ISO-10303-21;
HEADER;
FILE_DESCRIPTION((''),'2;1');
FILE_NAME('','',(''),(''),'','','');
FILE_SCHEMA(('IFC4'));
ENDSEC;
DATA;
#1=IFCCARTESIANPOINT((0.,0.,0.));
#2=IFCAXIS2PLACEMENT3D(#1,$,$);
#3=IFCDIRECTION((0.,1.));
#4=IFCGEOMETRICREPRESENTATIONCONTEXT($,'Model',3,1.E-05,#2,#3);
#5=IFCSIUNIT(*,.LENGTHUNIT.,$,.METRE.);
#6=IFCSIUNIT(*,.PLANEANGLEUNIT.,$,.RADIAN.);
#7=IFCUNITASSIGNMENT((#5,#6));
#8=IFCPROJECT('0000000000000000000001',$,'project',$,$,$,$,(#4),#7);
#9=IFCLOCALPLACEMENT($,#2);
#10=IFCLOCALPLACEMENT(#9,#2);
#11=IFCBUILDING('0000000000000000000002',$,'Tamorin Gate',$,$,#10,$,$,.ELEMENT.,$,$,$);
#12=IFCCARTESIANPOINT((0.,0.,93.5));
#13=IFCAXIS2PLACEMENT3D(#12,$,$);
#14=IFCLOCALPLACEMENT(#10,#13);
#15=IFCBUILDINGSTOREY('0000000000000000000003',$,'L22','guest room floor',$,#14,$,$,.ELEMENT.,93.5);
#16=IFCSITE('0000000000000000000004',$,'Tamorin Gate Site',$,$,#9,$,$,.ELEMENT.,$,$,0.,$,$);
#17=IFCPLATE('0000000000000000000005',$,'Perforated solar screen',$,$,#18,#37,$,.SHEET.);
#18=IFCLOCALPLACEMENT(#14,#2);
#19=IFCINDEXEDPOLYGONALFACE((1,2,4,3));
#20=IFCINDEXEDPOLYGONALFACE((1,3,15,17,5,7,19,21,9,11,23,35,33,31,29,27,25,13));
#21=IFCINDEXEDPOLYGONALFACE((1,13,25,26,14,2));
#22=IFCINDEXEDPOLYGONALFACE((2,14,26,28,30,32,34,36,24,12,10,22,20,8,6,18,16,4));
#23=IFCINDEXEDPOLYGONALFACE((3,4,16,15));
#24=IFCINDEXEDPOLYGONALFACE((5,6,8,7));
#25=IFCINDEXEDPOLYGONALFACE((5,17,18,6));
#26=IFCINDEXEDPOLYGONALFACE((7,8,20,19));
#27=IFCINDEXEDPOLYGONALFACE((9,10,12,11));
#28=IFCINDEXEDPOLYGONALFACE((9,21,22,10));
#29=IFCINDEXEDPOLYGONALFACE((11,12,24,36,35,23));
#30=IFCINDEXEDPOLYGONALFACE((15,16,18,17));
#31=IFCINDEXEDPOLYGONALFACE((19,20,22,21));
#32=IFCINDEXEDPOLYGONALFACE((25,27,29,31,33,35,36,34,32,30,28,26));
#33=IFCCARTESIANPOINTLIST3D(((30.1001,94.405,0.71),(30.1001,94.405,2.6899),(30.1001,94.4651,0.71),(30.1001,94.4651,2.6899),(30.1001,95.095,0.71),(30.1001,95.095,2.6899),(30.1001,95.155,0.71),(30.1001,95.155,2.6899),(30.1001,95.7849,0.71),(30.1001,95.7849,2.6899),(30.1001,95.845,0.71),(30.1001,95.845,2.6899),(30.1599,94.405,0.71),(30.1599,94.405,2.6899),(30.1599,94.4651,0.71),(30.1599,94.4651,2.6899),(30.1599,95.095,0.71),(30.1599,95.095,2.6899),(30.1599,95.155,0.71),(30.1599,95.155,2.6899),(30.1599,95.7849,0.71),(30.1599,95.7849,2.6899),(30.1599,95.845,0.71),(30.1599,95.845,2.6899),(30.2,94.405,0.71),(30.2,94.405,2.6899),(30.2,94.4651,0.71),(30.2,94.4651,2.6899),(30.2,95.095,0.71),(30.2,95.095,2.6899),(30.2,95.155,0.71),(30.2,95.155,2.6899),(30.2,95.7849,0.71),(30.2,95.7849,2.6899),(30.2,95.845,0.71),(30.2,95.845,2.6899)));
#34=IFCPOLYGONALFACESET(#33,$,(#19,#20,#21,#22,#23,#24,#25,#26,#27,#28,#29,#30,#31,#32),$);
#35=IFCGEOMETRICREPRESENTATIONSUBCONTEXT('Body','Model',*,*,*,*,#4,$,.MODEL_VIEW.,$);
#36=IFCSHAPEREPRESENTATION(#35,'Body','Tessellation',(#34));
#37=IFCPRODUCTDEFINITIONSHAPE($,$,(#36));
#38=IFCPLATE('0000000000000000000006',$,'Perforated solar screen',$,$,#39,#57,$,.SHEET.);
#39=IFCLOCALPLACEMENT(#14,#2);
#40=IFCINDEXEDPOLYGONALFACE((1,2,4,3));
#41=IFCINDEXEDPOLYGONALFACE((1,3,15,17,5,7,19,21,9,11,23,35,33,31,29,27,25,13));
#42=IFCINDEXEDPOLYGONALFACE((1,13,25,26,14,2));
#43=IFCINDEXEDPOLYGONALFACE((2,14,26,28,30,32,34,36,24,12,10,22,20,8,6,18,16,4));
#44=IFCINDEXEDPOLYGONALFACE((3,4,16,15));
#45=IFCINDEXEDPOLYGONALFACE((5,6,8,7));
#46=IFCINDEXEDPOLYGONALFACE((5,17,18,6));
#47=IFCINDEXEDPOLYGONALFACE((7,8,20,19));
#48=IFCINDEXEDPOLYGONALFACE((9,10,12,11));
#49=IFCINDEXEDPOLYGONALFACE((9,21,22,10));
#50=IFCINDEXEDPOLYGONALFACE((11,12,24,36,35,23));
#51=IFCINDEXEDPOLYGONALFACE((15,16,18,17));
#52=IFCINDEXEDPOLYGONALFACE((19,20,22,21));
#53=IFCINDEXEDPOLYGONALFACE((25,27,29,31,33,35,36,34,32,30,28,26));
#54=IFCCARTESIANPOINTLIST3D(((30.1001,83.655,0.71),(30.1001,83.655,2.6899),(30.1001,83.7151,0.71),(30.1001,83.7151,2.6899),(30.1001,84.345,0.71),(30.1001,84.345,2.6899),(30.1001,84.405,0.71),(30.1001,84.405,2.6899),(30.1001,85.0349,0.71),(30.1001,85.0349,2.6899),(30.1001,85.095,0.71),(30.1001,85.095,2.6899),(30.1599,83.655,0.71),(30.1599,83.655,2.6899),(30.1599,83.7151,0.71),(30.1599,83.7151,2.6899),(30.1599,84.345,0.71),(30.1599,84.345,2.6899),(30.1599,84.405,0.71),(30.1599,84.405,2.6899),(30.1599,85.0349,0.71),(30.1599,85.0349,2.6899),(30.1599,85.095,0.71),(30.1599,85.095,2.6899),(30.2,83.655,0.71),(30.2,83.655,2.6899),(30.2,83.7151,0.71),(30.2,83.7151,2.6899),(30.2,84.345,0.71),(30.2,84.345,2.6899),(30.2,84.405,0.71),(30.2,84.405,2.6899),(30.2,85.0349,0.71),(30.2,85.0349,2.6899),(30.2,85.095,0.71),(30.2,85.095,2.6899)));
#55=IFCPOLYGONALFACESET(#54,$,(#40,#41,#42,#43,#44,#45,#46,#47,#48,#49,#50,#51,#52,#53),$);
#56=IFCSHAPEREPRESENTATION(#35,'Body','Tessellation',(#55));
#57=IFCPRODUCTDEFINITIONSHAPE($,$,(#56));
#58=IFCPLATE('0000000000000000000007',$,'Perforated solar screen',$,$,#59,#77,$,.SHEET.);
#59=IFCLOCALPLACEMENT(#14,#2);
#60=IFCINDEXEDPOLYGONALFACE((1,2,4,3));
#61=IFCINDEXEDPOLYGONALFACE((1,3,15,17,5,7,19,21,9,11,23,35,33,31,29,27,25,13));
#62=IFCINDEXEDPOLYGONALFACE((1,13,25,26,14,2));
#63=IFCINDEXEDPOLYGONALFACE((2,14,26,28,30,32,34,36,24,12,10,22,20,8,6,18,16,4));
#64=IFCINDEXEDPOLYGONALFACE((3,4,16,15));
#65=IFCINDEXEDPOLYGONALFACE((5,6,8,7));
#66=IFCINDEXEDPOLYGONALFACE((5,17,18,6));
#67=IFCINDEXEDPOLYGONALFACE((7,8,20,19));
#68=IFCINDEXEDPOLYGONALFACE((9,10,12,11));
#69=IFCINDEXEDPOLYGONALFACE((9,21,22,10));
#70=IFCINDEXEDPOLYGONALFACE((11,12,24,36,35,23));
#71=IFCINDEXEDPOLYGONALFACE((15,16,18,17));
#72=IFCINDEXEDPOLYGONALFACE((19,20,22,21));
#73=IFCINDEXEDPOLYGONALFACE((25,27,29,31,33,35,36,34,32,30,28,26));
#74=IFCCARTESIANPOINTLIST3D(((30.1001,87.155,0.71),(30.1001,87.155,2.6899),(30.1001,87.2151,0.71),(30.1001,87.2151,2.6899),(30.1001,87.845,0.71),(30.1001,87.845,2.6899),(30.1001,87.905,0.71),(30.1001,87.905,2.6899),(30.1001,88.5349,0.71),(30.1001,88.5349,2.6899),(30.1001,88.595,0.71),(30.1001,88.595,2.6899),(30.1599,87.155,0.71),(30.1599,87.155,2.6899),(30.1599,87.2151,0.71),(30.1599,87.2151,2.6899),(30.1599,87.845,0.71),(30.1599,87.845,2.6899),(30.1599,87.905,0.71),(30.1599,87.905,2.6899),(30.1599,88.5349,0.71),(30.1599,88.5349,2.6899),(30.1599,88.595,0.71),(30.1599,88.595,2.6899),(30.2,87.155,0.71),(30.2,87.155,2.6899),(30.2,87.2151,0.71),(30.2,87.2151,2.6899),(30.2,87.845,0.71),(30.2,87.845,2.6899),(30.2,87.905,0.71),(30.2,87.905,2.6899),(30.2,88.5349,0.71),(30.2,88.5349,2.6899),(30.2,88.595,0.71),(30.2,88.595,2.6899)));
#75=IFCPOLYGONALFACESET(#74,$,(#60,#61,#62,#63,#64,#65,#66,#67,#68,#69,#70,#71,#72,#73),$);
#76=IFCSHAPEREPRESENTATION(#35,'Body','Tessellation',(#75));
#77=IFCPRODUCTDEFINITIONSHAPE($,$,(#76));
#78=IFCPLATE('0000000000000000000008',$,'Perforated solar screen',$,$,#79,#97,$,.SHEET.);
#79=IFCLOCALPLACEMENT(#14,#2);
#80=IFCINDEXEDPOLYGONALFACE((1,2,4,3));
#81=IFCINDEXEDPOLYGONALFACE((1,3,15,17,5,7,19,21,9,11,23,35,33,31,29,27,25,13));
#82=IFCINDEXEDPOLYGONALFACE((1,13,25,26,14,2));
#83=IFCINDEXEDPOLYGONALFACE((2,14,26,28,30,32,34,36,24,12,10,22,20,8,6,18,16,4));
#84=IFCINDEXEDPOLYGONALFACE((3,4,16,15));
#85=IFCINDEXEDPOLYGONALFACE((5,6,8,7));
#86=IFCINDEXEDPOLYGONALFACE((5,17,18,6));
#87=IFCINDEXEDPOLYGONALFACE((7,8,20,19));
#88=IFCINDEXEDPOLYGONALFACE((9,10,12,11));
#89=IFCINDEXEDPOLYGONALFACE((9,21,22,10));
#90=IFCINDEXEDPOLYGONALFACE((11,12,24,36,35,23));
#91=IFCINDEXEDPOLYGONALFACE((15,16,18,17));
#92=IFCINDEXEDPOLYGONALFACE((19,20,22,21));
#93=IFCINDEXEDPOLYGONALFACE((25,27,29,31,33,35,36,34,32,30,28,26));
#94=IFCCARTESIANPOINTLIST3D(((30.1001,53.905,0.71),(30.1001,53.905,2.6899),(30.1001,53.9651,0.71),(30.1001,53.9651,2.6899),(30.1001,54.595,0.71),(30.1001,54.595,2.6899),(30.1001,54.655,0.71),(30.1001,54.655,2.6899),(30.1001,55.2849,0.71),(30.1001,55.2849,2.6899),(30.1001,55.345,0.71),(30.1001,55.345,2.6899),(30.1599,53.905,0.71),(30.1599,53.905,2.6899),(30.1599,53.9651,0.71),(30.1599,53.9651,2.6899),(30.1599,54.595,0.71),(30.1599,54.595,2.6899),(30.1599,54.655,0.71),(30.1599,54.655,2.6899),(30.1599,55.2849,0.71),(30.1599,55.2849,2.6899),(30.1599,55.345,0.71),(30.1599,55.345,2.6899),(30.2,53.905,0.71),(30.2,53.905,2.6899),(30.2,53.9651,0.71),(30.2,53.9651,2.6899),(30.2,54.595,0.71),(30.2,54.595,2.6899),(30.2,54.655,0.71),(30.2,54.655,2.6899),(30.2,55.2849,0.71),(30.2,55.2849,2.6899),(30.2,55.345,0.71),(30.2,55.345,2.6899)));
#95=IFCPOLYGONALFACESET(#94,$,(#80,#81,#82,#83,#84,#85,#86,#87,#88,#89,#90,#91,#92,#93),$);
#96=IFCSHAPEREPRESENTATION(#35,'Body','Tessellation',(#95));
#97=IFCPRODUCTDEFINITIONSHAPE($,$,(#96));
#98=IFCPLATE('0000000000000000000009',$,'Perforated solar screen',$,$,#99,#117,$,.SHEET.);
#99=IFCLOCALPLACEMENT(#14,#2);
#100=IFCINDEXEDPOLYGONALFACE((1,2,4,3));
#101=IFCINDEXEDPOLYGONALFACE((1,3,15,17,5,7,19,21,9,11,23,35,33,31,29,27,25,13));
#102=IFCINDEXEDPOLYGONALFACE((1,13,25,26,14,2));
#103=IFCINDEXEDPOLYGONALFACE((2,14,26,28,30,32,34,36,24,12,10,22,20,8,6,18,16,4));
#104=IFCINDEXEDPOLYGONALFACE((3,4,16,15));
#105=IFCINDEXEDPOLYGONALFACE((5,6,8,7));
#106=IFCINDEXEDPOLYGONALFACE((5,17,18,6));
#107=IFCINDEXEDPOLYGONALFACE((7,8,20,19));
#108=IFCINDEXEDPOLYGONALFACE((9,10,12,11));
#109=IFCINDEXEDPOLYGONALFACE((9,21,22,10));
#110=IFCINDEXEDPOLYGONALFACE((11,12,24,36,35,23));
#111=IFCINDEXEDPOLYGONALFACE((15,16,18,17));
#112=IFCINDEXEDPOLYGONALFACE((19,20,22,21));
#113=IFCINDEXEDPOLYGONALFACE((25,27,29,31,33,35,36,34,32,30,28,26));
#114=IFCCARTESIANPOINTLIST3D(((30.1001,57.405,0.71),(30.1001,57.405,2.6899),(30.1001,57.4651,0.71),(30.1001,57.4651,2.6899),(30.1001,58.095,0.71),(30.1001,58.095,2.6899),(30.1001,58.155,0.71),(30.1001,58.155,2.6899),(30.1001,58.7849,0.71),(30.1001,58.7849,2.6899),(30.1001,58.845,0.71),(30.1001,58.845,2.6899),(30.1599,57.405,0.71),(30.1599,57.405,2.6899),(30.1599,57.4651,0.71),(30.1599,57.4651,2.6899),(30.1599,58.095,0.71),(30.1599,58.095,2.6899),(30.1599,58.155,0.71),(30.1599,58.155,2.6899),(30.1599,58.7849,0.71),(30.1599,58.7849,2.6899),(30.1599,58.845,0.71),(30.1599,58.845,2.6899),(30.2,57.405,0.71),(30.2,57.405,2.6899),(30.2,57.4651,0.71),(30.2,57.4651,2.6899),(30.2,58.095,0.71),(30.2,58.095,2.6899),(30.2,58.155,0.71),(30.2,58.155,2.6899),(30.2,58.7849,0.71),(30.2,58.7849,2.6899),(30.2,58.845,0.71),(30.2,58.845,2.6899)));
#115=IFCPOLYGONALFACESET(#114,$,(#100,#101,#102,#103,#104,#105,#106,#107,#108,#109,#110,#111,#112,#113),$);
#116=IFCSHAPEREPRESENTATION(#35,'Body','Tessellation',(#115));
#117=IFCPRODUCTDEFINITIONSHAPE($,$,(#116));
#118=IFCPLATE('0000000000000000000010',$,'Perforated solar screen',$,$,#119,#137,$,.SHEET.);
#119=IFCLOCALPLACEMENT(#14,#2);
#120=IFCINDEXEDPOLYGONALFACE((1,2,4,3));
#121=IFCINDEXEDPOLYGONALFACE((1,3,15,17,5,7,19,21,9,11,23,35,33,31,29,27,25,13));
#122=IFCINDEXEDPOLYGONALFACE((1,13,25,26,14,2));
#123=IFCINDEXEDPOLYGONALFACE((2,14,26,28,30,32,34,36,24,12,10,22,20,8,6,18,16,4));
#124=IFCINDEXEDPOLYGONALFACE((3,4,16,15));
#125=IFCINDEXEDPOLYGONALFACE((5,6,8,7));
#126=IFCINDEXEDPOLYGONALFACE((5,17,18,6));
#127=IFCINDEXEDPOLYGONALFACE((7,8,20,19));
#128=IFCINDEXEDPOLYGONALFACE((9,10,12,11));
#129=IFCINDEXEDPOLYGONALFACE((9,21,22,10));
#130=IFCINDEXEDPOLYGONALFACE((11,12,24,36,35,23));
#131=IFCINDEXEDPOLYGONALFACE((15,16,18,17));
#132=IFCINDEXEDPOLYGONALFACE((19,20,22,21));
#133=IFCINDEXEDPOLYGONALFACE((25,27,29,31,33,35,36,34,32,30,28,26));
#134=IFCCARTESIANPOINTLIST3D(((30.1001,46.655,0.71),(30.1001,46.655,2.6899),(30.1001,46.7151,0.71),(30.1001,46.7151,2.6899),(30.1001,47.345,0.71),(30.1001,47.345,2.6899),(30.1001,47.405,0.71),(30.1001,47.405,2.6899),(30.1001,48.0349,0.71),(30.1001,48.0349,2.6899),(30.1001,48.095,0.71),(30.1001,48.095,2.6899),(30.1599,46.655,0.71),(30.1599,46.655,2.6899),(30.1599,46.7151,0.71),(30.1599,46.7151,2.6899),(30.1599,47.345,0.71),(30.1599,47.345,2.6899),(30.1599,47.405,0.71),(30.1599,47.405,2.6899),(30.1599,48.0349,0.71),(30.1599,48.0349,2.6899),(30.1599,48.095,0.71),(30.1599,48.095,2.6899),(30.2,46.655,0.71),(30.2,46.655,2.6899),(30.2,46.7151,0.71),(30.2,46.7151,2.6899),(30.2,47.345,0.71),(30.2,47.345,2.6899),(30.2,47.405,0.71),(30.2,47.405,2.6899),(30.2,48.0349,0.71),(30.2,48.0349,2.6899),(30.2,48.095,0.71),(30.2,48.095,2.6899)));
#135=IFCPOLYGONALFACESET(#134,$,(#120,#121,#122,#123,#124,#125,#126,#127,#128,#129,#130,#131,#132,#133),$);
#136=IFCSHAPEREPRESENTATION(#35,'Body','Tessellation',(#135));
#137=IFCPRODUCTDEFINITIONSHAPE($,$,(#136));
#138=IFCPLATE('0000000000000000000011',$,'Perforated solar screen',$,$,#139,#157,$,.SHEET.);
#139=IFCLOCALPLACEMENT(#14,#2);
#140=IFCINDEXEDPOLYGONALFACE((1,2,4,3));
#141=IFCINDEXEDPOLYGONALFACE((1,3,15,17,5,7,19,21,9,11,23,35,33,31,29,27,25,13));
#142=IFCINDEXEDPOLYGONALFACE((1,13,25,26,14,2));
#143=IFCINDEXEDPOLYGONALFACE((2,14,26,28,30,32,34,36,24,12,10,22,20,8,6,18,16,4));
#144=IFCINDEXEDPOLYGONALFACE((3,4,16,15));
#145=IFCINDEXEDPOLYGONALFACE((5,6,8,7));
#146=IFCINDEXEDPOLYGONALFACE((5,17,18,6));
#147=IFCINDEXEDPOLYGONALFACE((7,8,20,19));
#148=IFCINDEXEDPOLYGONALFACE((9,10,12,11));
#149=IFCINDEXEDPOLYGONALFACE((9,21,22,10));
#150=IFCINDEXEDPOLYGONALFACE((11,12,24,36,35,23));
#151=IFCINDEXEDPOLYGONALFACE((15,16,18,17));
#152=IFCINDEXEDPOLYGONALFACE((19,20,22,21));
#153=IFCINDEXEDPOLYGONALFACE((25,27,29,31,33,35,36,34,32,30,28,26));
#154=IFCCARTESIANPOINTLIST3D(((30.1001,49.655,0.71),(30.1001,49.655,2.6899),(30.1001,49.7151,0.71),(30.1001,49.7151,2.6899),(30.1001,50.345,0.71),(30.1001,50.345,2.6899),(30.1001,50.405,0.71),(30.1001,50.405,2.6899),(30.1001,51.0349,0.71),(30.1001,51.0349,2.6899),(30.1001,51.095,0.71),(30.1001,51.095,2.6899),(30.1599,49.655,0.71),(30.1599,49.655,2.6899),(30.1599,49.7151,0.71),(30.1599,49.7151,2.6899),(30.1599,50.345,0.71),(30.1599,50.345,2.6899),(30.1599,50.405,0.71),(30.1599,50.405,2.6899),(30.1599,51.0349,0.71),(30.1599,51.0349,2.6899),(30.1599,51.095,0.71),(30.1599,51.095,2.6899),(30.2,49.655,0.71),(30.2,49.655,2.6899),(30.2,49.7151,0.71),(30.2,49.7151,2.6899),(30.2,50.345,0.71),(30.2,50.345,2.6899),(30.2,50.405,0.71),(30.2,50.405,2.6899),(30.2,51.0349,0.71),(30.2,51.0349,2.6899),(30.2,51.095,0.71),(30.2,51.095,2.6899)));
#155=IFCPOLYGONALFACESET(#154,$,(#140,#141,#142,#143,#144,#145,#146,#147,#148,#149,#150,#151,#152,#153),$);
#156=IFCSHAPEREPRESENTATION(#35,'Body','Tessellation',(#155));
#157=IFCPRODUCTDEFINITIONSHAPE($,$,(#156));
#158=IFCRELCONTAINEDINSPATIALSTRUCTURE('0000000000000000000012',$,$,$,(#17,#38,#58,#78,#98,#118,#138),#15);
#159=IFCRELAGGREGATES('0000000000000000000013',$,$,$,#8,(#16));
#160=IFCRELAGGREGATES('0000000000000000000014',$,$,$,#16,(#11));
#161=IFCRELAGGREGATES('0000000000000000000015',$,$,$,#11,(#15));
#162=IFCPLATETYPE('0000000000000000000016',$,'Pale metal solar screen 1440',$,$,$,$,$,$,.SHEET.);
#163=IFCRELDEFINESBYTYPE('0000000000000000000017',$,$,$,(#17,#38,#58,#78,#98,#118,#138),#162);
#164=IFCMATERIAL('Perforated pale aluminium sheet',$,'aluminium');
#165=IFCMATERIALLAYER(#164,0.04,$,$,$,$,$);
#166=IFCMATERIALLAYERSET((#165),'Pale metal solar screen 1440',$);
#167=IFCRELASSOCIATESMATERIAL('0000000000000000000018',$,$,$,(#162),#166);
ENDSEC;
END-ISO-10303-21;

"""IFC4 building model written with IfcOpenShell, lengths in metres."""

from ifc_helpers import new_model, si_unit, direction, frame, origin, place, context, subcontext, project, spatial, polyline, outline, extrude, material, layer, layer_set, type_object, element, save


model = new_model("IFC4")

# Units and contexts
model_context = context("Model", 3, precision=1e-05, world=origin(), true_north=direction((0.0, 1.0)))
body_context = subcontext(model_context, "Body", "Model", "MODEL_VIEW")
ifc_project = project(units=[si_unit("LENGTHUNIT", "METRE"), si_unit("PLANEANGLEUNIT", "RADIAN")], contexts=[model_context])

# Site, building, storey
site_placement = place(None, origin())
site = spatial("IfcSite", under=ifc_project, at=site_placement, Name="Tamorin Gate Site", CompositionType="ELEMENT", RefElevation=0.0)
building_placement = place(site_placement, origin())
building = spatial("IfcBuilding", under=site, at=building_placement, Name="Tamorin Gate", CompositionType="ELEMENT")
storey_placement = place(building_placement, frame((0.0, 0.0, 93.5)))
storey = spatial("IfcBuildingStorey", under=building, at=storey_placement, Name="L22", Description="guest room floor", CompositionType="ELEMENT", Elevation=93.5)

# Plates
ifc_material_1 = material(Name="Perforated pale aluminium sheet", Category="aluminium")
ifc_layer_1 = layer(ifc_material_1, 0.04)
ifc_layer_set_1 = layer_set([ifc_layer_1], Name="Pale metal solar screen 1440")
plate_type = type_object("IfcPlateType", Name="Pale metal solar screen 1440", PredefinedType="SHEET", material=ifc_layer_set_1)
plate_1_placement = place(storey_placement, frame((0.0, 0.0, 0.71)))
element("IfcPlate", 1, at=plate_1_placement, inside=storey, type_object=plate_type, Name="Perforated solar screen", PredefinedType="SHEET", context=body_context, shape_type="SweptSolid", body=[
    extrude(outline(polyline([(30.1599, 95.845), (30.2, 95.845), (30.2, 95.7849), (30.2, 95.155), (30.2, 95.095), (30.2, 94.4651), (30.2, 94.405), (30.2, 94.405), (30.1599, 94.405), (30.1599, 94.405), (30.1001, 94.405), (30.1001, 94.4651), (30.1599, 94.4651), (30.1599, 95.095), (30.1001, 95.095), (30.1001, 95.155), (30.1599, 95.155), (30.1599, 95.7849), (30.1001, 95.7849), (30.1001, 95.845), (30.1599, 95.845)])), origin(), (0.0, 0.0, 1.0), 1.98),
])
plate_2_placement = place(storey_placement, frame((0.0, 0.0, 0.71)))
element("IfcPlate", 2, at=plate_2_placement, inside=storey, type_object=plate_type, Name="Perforated solar screen", PredefinedType="SHEET", context=body_context, shape_type="SweptSolid", body=[
    extrude(outline(polyline([(30.1599, 85.095), (30.2, 85.095), (30.2, 85.0349), (30.2, 84.405), (30.2, 84.345), (30.2, 83.7151), (30.2, 83.655), (30.1599, 83.655), (30.1001, 83.655), (30.1001, 83.7151), (30.1599, 83.7151), (30.1599, 84.345), (30.1001, 84.345), (30.1001, 84.405), (30.1599, 84.405), (30.1599, 85.0349), (30.1001, 85.0349), (30.1001, 85.095), (30.1599, 85.095)])), origin(), (0.0, 0.0, 1.0), 1.98),
])
plate_3_placement = place(storey_placement, frame((0.0, 0.0, 0.71)))
element("IfcPlate", 3, at=plate_3_placement, inside=storey, type_object=plate_type, Name="Perforated solar screen", PredefinedType="SHEET", context=body_context, shape_type="SweptSolid", body=[
    extrude(outline(polyline([(30.1599, 88.595), (30.2, 88.595), (30.2, 88.5349), (30.2, 87.905), (30.2, 87.845), (30.2, 87.2151), (30.2, 87.155), (30.1599, 87.155), (30.1001, 87.155), (30.1001, 87.2151), (30.1599, 87.2151), (30.1599, 87.845), (30.1001, 87.845), (30.1001, 87.905), (30.1599, 87.905), (30.1599, 88.5349), (30.1001, 88.5349), (30.1001, 88.595), (30.1599, 88.595)])), origin(), (0.0, 0.0, 1.0), 1.98),
])
plate_4_placement = place(storey_placement, frame((0.0, 0.0, 0.71)))
element("IfcPlate", 4, at=plate_4_placement, inside=storey, type_object=plate_type, Name="Perforated solar screen", PredefinedType="SHEET", context=body_context, shape_type="SweptSolid", body=[
    extrude(outline(polyline([(30.1599, 55.345), (30.2, 55.345), (30.2, 55.2849), (30.2, 54.655), (30.2, 54.595), (30.2, 53.9651), (30.2, 53.905), (30.1599, 53.905), (30.1001, 53.905), (30.1001, 53.9651), (30.1599, 53.9651), (30.1599, 54.595), (30.1001, 54.595), (30.1001, 54.655), (30.1599, 54.655), (30.1599, 55.2849), (30.1001, 55.2849), (30.1001, 55.345), (30.1599, 55.345)])), origin(), (0.0, 0.0, 1.0), 1.98),
])
plate_5_placement = place(storey_placement, frame((0.0, 0.0, 0.71)))
element("IfcPlate", 5, at=plate_5_placement, inside=storey, type_object=plate_type, Name="Perforated solar screen", PredefinedType="SHEET", context=body_context, shape_type="SweptSolid", body=[
    extrude(outline(polyline([(30.1599, 58.845), (30.2, 58.845), (30.2, 58.7849), (30.2, 58.155), (30.2, 58.095), (30.2, 57.4651), (30.2, 57.405), (30.1599, 57.405), (30.1001, 57.405), (30.1001, 57.4651), (30.1599, 57.4651), (30.1599, 58.095), (30.1001, 58.095), (30.1001, 58.155), (30.1599, 58.155), (30.1599, 58.7849), (30.1001, 58.7849), (30.1001, 58.845), (30.1599, 58.845)])), origin(), (0.0, 0.0, 1.0), 1.98),
])
plate_6_placement = place(storey_placement, frame((0.0, 0.0, 0.71)))
element("IfcPlate", 6, at=plate_6_placement, inside=storey, type_object=plate_type, Name="Perforated solar screen", PredefinedType="SHEET", context=body_context, shape_type="SweptSolid", body=[
    extrude(outline(polyline([(30.1599, 48.095), (30.2, 48.095), (30.2, 48.0349), (30.2, 47.405), (30.2, 47.345), (30.2, 46.7151), (30.2, 46.655), (30.1599, 46.655), (30.1001, 46.655), (30.1001, 46.7151), (30.1599, 46.7151), (30.1599, 47.345), (30.1001, 47.345), (30.1001, 47.405), (30.1599, 47.405), (30.1599, 48.0349), (30.1001, 48.0349), (30.1001, 48.095), (30.1599, 48.095)])), origin(), (0.0, 0.0, 1.0), 1.98),
])
plate_7_placement = place(storey_placement, frame((0.0, 0.0, 0.71)))
element("IfcPlate", 7, at=plate_7_placement, inside=storey, type_object=plate_type, Name="Perforated solar screen", PredefinedType="SHEET", context=body_context, shape_type="SweptSolid", body=[
    extrude(outline(polyline([(30.1599, 51.095), (30.2, 51.095), (30.2, 51.0349), (30.2, 50.405), (30.2, 50.345), (30.2, 49.7151), (30.2, 49.655), (30.1599, 49.655), (30.1001, 49.655), (30.1001, 49.7151), (30.1599, 49.7151), (30.1599, 50.345), (30.1001, 50.345), (30.1001, 50.405), (30.1599, 50.405), (30.1599, 51.0349), (30.1001, 51.0349), (30.1001, 51.095), (30.1599, 51.095)])), origin(), (0.0, 0.0, 1.0), 1.98),
])

save(model, "model.ifc")
